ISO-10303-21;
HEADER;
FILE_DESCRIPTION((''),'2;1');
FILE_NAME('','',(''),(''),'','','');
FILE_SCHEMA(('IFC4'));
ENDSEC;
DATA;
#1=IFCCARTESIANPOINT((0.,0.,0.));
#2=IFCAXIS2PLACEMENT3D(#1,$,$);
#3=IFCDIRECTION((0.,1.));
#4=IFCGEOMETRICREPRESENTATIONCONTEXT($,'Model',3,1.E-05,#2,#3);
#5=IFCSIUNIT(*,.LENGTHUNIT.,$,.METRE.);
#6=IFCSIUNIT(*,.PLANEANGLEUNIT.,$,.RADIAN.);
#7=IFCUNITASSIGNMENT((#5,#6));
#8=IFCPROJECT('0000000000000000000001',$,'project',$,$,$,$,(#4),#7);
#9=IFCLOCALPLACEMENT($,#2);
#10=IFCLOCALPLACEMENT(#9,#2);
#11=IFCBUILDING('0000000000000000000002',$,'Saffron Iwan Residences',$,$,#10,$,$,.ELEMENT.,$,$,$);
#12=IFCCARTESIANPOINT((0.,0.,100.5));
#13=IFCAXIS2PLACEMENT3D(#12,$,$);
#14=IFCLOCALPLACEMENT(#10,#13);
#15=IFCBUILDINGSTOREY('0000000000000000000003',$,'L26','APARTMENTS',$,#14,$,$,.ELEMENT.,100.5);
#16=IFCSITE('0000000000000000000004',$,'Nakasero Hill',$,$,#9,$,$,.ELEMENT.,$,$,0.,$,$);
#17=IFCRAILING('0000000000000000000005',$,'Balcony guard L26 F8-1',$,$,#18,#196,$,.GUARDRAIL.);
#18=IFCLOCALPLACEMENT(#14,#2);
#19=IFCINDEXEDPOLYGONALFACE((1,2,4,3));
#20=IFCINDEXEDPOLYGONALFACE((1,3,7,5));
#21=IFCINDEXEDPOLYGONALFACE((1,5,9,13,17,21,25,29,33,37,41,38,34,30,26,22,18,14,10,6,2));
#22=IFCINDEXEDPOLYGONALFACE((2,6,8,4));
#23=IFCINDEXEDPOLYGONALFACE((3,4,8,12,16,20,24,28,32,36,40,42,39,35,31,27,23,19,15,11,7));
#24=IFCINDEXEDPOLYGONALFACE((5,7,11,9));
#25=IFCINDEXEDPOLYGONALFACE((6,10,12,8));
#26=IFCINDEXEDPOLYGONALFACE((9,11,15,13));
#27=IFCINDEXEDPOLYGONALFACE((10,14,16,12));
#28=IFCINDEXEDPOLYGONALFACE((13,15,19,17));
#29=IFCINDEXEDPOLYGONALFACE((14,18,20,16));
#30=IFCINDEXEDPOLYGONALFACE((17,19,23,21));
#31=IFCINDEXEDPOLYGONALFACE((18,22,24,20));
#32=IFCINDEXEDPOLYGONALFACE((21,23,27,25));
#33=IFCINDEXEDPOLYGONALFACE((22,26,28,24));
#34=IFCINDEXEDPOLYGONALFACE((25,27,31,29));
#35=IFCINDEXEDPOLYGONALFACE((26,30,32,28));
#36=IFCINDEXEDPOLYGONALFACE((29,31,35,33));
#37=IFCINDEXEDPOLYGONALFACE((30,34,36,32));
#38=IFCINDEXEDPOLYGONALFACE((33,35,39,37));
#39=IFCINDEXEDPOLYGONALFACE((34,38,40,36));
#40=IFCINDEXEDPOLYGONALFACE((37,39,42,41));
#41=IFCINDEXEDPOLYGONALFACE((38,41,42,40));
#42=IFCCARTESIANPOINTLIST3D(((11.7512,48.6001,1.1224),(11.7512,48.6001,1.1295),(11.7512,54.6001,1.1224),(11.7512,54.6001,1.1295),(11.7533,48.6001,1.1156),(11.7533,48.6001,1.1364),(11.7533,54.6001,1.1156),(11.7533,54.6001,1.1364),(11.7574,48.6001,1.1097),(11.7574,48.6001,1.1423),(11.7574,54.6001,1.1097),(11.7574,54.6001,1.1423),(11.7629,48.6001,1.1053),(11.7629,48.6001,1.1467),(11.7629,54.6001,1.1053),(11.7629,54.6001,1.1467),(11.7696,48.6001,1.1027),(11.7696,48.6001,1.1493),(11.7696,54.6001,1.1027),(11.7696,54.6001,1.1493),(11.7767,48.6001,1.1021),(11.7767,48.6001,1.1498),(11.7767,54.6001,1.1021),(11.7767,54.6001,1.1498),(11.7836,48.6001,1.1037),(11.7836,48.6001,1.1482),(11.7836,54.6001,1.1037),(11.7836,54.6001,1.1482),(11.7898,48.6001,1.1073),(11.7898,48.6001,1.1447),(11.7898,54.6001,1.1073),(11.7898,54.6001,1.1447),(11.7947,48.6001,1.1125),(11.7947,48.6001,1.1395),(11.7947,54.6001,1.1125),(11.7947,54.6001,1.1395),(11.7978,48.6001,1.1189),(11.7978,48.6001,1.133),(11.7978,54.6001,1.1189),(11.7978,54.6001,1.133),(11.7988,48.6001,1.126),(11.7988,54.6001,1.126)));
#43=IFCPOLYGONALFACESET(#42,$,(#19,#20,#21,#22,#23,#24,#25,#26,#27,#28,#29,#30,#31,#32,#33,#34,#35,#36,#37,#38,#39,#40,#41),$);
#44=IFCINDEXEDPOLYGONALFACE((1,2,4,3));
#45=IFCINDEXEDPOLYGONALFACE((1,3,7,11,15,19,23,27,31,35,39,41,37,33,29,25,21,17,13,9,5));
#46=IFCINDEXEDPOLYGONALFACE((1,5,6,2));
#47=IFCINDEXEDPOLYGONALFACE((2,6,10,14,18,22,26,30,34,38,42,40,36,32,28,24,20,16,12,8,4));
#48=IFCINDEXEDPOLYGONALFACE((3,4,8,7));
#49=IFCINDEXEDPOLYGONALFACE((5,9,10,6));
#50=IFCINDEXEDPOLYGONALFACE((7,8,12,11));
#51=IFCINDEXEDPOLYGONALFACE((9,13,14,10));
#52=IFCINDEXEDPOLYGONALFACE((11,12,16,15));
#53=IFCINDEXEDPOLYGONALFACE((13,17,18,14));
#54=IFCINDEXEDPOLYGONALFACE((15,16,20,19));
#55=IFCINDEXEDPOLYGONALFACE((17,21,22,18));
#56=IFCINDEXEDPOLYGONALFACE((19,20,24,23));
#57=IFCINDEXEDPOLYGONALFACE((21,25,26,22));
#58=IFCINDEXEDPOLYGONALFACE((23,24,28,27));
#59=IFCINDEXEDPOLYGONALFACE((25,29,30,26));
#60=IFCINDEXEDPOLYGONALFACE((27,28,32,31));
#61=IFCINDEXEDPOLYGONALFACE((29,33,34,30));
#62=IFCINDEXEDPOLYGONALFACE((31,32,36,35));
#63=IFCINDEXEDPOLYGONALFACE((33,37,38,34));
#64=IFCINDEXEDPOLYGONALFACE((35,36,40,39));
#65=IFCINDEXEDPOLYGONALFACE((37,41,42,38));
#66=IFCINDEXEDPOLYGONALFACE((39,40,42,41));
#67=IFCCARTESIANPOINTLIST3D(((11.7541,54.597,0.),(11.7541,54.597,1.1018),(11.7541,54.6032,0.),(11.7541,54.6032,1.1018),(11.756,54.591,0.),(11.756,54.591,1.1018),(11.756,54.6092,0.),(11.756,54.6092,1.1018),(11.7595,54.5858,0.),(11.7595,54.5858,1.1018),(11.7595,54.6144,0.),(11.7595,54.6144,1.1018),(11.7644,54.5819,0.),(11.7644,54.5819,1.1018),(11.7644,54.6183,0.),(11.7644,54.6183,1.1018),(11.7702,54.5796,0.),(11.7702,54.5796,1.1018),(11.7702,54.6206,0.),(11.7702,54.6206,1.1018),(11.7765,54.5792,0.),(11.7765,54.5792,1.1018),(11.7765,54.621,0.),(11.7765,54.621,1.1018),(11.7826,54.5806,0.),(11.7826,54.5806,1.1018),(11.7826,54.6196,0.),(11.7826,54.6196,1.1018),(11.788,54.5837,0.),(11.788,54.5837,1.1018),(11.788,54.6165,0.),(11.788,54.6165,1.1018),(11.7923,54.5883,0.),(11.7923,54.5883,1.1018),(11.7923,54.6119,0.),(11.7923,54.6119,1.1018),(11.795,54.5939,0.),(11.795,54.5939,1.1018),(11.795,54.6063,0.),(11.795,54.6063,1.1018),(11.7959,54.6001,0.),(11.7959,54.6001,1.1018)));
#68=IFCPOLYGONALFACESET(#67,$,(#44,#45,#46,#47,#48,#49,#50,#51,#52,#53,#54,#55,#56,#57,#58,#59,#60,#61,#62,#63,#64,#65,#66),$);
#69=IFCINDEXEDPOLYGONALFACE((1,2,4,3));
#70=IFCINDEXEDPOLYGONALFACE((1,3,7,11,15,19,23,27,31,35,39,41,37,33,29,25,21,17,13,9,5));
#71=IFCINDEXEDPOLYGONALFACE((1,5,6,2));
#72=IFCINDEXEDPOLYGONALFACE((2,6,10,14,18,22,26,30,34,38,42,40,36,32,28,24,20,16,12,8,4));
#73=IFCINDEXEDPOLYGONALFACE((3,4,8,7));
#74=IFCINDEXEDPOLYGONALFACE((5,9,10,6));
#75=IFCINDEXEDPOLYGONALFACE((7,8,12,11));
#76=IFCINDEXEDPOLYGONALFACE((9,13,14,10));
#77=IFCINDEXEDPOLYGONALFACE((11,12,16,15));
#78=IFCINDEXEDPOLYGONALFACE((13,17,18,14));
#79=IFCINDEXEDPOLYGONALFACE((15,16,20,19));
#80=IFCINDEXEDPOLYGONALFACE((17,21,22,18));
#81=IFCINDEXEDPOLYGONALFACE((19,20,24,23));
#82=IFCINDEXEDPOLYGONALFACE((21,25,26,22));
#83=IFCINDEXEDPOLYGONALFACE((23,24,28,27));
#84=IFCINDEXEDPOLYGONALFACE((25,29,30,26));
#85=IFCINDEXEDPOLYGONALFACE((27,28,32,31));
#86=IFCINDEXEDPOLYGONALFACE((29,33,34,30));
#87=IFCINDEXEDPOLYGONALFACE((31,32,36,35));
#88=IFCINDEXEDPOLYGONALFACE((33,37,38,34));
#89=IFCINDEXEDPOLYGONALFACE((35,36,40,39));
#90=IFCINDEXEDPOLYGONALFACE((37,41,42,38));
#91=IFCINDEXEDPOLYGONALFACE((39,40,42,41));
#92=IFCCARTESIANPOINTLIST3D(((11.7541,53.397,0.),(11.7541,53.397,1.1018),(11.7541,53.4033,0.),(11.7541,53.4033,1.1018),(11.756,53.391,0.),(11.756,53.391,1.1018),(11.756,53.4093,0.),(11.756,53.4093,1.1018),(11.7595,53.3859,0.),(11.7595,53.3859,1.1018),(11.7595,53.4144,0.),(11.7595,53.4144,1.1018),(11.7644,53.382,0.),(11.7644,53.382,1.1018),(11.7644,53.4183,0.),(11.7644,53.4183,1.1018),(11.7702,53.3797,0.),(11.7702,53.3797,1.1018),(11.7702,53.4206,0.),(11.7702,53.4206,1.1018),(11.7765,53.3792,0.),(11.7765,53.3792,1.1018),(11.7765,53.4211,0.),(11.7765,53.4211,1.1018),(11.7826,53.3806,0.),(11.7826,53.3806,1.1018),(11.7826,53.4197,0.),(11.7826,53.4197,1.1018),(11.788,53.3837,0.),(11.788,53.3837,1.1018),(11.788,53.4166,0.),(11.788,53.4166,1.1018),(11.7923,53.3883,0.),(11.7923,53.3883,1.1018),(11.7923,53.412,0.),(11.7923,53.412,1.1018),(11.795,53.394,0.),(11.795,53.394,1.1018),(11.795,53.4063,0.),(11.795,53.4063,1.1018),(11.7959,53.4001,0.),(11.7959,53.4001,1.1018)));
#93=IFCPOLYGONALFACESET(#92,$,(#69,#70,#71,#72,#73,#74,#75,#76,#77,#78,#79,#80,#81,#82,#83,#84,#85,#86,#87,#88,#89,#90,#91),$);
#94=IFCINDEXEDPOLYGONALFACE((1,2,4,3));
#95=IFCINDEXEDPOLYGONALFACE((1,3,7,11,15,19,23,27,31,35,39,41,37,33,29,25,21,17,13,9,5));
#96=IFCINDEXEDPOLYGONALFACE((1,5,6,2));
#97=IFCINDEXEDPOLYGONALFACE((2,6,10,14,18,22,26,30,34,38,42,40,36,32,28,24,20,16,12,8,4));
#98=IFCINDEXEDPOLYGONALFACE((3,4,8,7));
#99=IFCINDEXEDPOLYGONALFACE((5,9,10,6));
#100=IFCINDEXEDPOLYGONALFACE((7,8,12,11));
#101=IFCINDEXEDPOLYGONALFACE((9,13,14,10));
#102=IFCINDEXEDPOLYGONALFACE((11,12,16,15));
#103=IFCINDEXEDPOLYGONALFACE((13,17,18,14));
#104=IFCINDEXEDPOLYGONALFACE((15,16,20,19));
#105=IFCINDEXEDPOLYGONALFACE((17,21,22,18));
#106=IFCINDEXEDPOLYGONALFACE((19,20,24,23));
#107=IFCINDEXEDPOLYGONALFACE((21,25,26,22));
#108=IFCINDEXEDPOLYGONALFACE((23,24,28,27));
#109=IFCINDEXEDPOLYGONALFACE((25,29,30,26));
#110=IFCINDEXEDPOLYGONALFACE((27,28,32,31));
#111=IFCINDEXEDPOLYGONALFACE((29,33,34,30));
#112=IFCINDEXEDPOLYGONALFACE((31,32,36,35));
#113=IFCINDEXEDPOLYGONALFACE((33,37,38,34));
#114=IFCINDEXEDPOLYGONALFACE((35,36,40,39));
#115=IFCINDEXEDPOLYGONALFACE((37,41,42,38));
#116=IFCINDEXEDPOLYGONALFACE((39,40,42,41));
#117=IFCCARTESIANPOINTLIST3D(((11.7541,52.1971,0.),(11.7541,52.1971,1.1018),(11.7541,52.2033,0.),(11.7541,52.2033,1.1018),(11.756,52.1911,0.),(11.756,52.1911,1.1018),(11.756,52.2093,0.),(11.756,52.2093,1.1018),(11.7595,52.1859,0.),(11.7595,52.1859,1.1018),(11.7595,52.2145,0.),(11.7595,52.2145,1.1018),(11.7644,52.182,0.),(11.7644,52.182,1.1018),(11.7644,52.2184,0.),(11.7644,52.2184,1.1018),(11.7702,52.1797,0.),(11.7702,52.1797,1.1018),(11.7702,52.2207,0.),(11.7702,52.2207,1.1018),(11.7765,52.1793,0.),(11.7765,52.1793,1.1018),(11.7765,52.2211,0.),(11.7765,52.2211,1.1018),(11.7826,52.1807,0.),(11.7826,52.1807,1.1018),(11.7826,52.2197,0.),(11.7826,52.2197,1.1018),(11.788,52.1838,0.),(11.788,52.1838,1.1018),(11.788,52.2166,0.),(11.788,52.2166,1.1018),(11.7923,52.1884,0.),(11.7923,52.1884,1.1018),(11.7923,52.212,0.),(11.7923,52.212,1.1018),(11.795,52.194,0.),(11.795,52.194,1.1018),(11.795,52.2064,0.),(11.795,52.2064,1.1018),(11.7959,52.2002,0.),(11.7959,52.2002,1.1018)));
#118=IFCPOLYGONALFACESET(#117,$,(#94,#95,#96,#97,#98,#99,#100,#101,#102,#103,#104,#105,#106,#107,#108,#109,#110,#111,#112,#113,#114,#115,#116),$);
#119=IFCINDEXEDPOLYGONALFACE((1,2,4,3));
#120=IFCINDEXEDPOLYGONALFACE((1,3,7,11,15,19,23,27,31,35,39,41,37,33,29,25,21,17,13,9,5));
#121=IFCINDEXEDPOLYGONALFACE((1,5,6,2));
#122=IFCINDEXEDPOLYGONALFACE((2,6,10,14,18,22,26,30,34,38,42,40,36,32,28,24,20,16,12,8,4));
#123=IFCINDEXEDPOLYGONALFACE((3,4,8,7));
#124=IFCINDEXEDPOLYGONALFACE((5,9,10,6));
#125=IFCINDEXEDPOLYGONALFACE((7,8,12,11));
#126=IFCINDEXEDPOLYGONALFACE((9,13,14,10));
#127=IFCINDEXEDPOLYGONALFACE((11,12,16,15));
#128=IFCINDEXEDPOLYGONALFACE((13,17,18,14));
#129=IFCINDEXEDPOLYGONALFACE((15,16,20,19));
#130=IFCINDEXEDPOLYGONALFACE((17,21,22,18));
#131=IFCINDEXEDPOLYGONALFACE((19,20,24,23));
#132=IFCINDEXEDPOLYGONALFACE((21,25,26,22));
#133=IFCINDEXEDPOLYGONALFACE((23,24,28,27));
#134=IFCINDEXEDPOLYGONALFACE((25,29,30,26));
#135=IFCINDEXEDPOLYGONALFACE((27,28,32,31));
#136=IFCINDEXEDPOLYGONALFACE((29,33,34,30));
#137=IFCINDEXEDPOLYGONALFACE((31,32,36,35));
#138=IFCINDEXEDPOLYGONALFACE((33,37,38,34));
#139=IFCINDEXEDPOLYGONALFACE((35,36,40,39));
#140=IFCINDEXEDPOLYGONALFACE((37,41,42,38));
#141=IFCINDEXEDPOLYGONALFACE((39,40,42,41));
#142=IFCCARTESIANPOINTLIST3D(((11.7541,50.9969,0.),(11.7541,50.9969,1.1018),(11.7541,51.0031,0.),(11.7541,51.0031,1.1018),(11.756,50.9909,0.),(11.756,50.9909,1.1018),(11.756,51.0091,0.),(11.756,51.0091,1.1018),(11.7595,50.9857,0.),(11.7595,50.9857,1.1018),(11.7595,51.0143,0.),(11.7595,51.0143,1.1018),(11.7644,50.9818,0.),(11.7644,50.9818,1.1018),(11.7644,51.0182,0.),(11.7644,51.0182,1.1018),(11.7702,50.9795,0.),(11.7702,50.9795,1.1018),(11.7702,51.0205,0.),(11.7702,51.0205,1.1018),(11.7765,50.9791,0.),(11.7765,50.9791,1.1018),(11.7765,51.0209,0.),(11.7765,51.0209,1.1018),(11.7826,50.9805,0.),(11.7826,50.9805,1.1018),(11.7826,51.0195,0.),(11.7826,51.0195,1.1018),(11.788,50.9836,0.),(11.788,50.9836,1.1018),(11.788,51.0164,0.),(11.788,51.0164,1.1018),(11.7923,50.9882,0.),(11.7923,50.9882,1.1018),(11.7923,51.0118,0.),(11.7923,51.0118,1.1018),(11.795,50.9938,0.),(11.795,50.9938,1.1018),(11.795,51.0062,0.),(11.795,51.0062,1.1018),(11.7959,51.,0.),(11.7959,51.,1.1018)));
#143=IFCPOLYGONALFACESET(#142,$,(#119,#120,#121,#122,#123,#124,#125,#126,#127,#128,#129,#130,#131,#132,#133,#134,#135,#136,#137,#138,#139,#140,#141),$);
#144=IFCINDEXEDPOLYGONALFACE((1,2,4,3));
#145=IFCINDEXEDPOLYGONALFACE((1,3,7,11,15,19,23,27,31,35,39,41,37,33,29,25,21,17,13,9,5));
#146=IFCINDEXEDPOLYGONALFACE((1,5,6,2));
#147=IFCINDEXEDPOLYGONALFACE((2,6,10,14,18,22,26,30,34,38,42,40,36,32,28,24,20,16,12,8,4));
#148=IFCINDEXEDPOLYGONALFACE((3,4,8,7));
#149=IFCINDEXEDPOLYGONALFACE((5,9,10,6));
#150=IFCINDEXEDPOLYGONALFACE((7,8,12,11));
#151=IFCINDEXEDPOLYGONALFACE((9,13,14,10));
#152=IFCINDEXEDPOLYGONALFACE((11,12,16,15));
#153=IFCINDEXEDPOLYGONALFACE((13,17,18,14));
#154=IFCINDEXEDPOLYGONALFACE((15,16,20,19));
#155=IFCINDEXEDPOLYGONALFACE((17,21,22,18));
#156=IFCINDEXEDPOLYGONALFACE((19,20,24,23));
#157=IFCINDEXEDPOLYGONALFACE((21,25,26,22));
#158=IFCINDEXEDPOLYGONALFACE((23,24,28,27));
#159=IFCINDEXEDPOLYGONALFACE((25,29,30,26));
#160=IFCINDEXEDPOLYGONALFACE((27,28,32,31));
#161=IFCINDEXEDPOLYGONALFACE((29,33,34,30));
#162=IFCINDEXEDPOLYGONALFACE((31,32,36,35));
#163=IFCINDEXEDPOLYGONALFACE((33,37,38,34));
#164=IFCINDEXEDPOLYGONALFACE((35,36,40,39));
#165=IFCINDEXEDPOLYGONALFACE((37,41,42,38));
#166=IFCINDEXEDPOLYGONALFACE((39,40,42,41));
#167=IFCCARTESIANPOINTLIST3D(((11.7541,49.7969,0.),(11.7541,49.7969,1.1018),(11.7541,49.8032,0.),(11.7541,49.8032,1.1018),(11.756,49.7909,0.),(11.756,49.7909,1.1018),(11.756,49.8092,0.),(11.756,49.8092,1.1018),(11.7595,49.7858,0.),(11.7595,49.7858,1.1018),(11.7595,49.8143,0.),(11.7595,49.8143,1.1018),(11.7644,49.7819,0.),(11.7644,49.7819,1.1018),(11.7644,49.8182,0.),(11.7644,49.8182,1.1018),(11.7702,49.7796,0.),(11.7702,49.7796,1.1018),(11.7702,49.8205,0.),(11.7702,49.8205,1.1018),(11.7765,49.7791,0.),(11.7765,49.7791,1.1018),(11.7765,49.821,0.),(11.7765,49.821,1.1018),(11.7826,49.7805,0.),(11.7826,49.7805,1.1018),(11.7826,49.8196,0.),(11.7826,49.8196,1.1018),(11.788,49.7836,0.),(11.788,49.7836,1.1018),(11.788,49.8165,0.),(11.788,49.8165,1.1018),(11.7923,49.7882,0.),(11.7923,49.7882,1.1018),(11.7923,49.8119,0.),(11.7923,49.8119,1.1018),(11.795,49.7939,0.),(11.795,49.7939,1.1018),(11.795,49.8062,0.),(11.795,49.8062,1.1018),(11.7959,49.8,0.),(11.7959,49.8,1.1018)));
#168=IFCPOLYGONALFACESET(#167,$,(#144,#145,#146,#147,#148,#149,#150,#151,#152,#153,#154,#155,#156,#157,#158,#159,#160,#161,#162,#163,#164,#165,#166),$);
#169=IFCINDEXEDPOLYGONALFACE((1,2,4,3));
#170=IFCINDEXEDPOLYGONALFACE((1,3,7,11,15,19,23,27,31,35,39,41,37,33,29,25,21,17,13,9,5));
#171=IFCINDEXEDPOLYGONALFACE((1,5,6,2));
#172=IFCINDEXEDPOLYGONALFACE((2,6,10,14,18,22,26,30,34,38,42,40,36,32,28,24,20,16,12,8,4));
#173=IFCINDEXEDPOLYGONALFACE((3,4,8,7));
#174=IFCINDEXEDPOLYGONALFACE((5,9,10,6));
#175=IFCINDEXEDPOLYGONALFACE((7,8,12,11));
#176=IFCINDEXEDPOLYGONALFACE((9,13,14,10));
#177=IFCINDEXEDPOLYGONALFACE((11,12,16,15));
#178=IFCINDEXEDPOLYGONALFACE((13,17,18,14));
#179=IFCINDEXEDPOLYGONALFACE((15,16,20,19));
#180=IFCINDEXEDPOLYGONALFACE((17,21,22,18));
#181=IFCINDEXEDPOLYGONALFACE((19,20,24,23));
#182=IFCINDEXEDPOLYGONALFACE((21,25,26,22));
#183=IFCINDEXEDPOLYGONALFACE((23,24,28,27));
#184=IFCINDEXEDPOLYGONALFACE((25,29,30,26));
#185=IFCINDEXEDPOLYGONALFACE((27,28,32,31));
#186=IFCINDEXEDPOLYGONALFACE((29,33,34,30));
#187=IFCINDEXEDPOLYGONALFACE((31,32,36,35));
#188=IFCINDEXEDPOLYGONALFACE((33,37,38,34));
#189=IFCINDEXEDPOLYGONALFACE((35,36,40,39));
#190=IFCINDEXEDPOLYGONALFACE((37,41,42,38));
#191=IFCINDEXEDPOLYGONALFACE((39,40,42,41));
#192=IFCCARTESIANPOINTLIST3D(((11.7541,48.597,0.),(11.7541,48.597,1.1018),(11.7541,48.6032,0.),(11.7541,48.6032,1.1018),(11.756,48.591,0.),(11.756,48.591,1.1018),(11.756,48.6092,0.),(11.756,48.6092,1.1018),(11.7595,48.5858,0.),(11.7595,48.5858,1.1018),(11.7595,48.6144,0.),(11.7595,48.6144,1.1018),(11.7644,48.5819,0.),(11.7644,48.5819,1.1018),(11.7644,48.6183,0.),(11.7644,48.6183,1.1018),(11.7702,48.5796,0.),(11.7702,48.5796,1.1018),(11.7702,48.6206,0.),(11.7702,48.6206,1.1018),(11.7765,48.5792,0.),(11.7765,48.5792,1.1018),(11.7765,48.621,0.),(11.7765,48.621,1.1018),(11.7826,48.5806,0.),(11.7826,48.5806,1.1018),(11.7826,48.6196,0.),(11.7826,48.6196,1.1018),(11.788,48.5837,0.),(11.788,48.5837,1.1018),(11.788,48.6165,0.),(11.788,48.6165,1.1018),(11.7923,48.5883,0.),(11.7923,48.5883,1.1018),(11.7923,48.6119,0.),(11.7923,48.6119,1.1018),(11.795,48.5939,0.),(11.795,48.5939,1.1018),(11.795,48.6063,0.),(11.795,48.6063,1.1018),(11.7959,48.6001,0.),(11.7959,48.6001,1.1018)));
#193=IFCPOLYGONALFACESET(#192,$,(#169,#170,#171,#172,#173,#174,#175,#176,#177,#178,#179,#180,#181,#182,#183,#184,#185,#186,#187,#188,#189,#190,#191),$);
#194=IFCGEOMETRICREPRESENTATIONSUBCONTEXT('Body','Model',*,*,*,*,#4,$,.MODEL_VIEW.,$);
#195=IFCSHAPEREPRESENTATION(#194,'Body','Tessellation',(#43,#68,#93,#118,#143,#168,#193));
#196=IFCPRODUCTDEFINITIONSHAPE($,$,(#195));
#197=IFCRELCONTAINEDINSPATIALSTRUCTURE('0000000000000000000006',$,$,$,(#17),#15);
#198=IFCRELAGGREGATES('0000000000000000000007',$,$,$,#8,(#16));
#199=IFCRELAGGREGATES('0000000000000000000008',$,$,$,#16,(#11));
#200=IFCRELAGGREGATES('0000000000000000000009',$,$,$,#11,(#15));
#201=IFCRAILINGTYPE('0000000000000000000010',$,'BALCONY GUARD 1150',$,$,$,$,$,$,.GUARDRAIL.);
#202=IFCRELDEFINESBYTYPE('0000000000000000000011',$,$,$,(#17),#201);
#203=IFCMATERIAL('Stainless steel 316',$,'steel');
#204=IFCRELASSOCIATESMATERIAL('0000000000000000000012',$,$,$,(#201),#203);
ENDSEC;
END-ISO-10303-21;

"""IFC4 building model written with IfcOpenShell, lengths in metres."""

from ifc_helpers import new_model, si_unit, direction, frame, origin, origin_2d, place, context, subcontext, project, spatial, circle, extrude, material, type_object, element, save


model = new_model("IFC4")

# Units and contexts
model_context = context("Model", 3, precision=1e-05, world=origin(), true_north=direction((0.0, 1.0)))
body_context = subcontext(model_context, "Body", "Model", "MODEL_VIEW")
ifc_project = project(units=[si_unit("LENGTHUNIT", "METRE"), si_unit("PLANEANGLEUNIT", "RADIAN")], contexts=[model_context])

# Site, building, storey
site_placement = place(None, origin())
site = spatial("IfcSite", under=ifc_project, at=site_placement, Name="Nakasero Hill", CompositionType="ELEMENT", RefElevation=0.0)
building_placement = place(site_placement, origin())
building = spatial("IfcBuilding", under=site, at=building_placement, Name="Saffron Iwan Residences", CompositionType="ELEMENT")
storey_placement = place(building_placement, frame((0.0, 0.0, 100.5)))
storey = spatial("IfcBuildingStorey", under=building, at=storey_placement, Name="L26", Description="APARTMENTS", CompositionType="ELEMENT", Elevation=100.5)

# Railing
ifc_material_1 = material(Name="Stainless steel 316", Category="steel")
railing_type = type_object("IfcRailingType", Name="BALCONY GUARD 1150", PredefinedType="GUARDRAIL", material=ifc_material_1)
railing_placement = place(storey_placement, frame((11.7749, 54.6001, 0.0)))
element("IfcRailing", 1, at=railing_placement, inside=storey, type_object=railing_type, Name="Balcony guard L26 F8-1", PredefinedType="GUARDRAIL", context=body_context, shape_type="SweptSolid", body=[
    extrude(circle(Radius=0.0239, at=origin_2d()), frame((0.0, 0.0, 1.126), z_axis=(0.0, -1.0, 0.0), x_axis=(1.0, 0.0, 0.0)), (0.0, 0.0, 1.0), 6.0),
    extrude(circle(Radius=0.021, at=origin_2d()), origin(), (0.0, 0.0, 1.0), 1.1018),
    extrude(circle(Radius=0.021, at=origin_2d()), frame((0.0, -1.2, 0.0)), (0.0, 0.0, 1.0), 1.1018),
    extrude(circle(Radius=0.021, at=origin_2d()), frame((0.0, -2.3999, 0.0)), (0.0, 0.0, 1.0), 1.1018),
    extrude(circle(Radius=0.021, at=origin_2d()), frame((0.0, -3.6001, 0.0)), (0.0, 0.0, 1.0), 1.1018),
    extrude(circle(Radius=0.021, at=origin_2d()), frame((0.0, -4.8, 0.0)), (0.0, 0.0, 1.0), 1.1018),
    extrude(circle(Radius=0.021, at=origin_2d()), frame((0.0, -6.0, 0.0)), (0.0, 0.0, 1.0), 1.1018),
])

save(model, "model.ifc")
